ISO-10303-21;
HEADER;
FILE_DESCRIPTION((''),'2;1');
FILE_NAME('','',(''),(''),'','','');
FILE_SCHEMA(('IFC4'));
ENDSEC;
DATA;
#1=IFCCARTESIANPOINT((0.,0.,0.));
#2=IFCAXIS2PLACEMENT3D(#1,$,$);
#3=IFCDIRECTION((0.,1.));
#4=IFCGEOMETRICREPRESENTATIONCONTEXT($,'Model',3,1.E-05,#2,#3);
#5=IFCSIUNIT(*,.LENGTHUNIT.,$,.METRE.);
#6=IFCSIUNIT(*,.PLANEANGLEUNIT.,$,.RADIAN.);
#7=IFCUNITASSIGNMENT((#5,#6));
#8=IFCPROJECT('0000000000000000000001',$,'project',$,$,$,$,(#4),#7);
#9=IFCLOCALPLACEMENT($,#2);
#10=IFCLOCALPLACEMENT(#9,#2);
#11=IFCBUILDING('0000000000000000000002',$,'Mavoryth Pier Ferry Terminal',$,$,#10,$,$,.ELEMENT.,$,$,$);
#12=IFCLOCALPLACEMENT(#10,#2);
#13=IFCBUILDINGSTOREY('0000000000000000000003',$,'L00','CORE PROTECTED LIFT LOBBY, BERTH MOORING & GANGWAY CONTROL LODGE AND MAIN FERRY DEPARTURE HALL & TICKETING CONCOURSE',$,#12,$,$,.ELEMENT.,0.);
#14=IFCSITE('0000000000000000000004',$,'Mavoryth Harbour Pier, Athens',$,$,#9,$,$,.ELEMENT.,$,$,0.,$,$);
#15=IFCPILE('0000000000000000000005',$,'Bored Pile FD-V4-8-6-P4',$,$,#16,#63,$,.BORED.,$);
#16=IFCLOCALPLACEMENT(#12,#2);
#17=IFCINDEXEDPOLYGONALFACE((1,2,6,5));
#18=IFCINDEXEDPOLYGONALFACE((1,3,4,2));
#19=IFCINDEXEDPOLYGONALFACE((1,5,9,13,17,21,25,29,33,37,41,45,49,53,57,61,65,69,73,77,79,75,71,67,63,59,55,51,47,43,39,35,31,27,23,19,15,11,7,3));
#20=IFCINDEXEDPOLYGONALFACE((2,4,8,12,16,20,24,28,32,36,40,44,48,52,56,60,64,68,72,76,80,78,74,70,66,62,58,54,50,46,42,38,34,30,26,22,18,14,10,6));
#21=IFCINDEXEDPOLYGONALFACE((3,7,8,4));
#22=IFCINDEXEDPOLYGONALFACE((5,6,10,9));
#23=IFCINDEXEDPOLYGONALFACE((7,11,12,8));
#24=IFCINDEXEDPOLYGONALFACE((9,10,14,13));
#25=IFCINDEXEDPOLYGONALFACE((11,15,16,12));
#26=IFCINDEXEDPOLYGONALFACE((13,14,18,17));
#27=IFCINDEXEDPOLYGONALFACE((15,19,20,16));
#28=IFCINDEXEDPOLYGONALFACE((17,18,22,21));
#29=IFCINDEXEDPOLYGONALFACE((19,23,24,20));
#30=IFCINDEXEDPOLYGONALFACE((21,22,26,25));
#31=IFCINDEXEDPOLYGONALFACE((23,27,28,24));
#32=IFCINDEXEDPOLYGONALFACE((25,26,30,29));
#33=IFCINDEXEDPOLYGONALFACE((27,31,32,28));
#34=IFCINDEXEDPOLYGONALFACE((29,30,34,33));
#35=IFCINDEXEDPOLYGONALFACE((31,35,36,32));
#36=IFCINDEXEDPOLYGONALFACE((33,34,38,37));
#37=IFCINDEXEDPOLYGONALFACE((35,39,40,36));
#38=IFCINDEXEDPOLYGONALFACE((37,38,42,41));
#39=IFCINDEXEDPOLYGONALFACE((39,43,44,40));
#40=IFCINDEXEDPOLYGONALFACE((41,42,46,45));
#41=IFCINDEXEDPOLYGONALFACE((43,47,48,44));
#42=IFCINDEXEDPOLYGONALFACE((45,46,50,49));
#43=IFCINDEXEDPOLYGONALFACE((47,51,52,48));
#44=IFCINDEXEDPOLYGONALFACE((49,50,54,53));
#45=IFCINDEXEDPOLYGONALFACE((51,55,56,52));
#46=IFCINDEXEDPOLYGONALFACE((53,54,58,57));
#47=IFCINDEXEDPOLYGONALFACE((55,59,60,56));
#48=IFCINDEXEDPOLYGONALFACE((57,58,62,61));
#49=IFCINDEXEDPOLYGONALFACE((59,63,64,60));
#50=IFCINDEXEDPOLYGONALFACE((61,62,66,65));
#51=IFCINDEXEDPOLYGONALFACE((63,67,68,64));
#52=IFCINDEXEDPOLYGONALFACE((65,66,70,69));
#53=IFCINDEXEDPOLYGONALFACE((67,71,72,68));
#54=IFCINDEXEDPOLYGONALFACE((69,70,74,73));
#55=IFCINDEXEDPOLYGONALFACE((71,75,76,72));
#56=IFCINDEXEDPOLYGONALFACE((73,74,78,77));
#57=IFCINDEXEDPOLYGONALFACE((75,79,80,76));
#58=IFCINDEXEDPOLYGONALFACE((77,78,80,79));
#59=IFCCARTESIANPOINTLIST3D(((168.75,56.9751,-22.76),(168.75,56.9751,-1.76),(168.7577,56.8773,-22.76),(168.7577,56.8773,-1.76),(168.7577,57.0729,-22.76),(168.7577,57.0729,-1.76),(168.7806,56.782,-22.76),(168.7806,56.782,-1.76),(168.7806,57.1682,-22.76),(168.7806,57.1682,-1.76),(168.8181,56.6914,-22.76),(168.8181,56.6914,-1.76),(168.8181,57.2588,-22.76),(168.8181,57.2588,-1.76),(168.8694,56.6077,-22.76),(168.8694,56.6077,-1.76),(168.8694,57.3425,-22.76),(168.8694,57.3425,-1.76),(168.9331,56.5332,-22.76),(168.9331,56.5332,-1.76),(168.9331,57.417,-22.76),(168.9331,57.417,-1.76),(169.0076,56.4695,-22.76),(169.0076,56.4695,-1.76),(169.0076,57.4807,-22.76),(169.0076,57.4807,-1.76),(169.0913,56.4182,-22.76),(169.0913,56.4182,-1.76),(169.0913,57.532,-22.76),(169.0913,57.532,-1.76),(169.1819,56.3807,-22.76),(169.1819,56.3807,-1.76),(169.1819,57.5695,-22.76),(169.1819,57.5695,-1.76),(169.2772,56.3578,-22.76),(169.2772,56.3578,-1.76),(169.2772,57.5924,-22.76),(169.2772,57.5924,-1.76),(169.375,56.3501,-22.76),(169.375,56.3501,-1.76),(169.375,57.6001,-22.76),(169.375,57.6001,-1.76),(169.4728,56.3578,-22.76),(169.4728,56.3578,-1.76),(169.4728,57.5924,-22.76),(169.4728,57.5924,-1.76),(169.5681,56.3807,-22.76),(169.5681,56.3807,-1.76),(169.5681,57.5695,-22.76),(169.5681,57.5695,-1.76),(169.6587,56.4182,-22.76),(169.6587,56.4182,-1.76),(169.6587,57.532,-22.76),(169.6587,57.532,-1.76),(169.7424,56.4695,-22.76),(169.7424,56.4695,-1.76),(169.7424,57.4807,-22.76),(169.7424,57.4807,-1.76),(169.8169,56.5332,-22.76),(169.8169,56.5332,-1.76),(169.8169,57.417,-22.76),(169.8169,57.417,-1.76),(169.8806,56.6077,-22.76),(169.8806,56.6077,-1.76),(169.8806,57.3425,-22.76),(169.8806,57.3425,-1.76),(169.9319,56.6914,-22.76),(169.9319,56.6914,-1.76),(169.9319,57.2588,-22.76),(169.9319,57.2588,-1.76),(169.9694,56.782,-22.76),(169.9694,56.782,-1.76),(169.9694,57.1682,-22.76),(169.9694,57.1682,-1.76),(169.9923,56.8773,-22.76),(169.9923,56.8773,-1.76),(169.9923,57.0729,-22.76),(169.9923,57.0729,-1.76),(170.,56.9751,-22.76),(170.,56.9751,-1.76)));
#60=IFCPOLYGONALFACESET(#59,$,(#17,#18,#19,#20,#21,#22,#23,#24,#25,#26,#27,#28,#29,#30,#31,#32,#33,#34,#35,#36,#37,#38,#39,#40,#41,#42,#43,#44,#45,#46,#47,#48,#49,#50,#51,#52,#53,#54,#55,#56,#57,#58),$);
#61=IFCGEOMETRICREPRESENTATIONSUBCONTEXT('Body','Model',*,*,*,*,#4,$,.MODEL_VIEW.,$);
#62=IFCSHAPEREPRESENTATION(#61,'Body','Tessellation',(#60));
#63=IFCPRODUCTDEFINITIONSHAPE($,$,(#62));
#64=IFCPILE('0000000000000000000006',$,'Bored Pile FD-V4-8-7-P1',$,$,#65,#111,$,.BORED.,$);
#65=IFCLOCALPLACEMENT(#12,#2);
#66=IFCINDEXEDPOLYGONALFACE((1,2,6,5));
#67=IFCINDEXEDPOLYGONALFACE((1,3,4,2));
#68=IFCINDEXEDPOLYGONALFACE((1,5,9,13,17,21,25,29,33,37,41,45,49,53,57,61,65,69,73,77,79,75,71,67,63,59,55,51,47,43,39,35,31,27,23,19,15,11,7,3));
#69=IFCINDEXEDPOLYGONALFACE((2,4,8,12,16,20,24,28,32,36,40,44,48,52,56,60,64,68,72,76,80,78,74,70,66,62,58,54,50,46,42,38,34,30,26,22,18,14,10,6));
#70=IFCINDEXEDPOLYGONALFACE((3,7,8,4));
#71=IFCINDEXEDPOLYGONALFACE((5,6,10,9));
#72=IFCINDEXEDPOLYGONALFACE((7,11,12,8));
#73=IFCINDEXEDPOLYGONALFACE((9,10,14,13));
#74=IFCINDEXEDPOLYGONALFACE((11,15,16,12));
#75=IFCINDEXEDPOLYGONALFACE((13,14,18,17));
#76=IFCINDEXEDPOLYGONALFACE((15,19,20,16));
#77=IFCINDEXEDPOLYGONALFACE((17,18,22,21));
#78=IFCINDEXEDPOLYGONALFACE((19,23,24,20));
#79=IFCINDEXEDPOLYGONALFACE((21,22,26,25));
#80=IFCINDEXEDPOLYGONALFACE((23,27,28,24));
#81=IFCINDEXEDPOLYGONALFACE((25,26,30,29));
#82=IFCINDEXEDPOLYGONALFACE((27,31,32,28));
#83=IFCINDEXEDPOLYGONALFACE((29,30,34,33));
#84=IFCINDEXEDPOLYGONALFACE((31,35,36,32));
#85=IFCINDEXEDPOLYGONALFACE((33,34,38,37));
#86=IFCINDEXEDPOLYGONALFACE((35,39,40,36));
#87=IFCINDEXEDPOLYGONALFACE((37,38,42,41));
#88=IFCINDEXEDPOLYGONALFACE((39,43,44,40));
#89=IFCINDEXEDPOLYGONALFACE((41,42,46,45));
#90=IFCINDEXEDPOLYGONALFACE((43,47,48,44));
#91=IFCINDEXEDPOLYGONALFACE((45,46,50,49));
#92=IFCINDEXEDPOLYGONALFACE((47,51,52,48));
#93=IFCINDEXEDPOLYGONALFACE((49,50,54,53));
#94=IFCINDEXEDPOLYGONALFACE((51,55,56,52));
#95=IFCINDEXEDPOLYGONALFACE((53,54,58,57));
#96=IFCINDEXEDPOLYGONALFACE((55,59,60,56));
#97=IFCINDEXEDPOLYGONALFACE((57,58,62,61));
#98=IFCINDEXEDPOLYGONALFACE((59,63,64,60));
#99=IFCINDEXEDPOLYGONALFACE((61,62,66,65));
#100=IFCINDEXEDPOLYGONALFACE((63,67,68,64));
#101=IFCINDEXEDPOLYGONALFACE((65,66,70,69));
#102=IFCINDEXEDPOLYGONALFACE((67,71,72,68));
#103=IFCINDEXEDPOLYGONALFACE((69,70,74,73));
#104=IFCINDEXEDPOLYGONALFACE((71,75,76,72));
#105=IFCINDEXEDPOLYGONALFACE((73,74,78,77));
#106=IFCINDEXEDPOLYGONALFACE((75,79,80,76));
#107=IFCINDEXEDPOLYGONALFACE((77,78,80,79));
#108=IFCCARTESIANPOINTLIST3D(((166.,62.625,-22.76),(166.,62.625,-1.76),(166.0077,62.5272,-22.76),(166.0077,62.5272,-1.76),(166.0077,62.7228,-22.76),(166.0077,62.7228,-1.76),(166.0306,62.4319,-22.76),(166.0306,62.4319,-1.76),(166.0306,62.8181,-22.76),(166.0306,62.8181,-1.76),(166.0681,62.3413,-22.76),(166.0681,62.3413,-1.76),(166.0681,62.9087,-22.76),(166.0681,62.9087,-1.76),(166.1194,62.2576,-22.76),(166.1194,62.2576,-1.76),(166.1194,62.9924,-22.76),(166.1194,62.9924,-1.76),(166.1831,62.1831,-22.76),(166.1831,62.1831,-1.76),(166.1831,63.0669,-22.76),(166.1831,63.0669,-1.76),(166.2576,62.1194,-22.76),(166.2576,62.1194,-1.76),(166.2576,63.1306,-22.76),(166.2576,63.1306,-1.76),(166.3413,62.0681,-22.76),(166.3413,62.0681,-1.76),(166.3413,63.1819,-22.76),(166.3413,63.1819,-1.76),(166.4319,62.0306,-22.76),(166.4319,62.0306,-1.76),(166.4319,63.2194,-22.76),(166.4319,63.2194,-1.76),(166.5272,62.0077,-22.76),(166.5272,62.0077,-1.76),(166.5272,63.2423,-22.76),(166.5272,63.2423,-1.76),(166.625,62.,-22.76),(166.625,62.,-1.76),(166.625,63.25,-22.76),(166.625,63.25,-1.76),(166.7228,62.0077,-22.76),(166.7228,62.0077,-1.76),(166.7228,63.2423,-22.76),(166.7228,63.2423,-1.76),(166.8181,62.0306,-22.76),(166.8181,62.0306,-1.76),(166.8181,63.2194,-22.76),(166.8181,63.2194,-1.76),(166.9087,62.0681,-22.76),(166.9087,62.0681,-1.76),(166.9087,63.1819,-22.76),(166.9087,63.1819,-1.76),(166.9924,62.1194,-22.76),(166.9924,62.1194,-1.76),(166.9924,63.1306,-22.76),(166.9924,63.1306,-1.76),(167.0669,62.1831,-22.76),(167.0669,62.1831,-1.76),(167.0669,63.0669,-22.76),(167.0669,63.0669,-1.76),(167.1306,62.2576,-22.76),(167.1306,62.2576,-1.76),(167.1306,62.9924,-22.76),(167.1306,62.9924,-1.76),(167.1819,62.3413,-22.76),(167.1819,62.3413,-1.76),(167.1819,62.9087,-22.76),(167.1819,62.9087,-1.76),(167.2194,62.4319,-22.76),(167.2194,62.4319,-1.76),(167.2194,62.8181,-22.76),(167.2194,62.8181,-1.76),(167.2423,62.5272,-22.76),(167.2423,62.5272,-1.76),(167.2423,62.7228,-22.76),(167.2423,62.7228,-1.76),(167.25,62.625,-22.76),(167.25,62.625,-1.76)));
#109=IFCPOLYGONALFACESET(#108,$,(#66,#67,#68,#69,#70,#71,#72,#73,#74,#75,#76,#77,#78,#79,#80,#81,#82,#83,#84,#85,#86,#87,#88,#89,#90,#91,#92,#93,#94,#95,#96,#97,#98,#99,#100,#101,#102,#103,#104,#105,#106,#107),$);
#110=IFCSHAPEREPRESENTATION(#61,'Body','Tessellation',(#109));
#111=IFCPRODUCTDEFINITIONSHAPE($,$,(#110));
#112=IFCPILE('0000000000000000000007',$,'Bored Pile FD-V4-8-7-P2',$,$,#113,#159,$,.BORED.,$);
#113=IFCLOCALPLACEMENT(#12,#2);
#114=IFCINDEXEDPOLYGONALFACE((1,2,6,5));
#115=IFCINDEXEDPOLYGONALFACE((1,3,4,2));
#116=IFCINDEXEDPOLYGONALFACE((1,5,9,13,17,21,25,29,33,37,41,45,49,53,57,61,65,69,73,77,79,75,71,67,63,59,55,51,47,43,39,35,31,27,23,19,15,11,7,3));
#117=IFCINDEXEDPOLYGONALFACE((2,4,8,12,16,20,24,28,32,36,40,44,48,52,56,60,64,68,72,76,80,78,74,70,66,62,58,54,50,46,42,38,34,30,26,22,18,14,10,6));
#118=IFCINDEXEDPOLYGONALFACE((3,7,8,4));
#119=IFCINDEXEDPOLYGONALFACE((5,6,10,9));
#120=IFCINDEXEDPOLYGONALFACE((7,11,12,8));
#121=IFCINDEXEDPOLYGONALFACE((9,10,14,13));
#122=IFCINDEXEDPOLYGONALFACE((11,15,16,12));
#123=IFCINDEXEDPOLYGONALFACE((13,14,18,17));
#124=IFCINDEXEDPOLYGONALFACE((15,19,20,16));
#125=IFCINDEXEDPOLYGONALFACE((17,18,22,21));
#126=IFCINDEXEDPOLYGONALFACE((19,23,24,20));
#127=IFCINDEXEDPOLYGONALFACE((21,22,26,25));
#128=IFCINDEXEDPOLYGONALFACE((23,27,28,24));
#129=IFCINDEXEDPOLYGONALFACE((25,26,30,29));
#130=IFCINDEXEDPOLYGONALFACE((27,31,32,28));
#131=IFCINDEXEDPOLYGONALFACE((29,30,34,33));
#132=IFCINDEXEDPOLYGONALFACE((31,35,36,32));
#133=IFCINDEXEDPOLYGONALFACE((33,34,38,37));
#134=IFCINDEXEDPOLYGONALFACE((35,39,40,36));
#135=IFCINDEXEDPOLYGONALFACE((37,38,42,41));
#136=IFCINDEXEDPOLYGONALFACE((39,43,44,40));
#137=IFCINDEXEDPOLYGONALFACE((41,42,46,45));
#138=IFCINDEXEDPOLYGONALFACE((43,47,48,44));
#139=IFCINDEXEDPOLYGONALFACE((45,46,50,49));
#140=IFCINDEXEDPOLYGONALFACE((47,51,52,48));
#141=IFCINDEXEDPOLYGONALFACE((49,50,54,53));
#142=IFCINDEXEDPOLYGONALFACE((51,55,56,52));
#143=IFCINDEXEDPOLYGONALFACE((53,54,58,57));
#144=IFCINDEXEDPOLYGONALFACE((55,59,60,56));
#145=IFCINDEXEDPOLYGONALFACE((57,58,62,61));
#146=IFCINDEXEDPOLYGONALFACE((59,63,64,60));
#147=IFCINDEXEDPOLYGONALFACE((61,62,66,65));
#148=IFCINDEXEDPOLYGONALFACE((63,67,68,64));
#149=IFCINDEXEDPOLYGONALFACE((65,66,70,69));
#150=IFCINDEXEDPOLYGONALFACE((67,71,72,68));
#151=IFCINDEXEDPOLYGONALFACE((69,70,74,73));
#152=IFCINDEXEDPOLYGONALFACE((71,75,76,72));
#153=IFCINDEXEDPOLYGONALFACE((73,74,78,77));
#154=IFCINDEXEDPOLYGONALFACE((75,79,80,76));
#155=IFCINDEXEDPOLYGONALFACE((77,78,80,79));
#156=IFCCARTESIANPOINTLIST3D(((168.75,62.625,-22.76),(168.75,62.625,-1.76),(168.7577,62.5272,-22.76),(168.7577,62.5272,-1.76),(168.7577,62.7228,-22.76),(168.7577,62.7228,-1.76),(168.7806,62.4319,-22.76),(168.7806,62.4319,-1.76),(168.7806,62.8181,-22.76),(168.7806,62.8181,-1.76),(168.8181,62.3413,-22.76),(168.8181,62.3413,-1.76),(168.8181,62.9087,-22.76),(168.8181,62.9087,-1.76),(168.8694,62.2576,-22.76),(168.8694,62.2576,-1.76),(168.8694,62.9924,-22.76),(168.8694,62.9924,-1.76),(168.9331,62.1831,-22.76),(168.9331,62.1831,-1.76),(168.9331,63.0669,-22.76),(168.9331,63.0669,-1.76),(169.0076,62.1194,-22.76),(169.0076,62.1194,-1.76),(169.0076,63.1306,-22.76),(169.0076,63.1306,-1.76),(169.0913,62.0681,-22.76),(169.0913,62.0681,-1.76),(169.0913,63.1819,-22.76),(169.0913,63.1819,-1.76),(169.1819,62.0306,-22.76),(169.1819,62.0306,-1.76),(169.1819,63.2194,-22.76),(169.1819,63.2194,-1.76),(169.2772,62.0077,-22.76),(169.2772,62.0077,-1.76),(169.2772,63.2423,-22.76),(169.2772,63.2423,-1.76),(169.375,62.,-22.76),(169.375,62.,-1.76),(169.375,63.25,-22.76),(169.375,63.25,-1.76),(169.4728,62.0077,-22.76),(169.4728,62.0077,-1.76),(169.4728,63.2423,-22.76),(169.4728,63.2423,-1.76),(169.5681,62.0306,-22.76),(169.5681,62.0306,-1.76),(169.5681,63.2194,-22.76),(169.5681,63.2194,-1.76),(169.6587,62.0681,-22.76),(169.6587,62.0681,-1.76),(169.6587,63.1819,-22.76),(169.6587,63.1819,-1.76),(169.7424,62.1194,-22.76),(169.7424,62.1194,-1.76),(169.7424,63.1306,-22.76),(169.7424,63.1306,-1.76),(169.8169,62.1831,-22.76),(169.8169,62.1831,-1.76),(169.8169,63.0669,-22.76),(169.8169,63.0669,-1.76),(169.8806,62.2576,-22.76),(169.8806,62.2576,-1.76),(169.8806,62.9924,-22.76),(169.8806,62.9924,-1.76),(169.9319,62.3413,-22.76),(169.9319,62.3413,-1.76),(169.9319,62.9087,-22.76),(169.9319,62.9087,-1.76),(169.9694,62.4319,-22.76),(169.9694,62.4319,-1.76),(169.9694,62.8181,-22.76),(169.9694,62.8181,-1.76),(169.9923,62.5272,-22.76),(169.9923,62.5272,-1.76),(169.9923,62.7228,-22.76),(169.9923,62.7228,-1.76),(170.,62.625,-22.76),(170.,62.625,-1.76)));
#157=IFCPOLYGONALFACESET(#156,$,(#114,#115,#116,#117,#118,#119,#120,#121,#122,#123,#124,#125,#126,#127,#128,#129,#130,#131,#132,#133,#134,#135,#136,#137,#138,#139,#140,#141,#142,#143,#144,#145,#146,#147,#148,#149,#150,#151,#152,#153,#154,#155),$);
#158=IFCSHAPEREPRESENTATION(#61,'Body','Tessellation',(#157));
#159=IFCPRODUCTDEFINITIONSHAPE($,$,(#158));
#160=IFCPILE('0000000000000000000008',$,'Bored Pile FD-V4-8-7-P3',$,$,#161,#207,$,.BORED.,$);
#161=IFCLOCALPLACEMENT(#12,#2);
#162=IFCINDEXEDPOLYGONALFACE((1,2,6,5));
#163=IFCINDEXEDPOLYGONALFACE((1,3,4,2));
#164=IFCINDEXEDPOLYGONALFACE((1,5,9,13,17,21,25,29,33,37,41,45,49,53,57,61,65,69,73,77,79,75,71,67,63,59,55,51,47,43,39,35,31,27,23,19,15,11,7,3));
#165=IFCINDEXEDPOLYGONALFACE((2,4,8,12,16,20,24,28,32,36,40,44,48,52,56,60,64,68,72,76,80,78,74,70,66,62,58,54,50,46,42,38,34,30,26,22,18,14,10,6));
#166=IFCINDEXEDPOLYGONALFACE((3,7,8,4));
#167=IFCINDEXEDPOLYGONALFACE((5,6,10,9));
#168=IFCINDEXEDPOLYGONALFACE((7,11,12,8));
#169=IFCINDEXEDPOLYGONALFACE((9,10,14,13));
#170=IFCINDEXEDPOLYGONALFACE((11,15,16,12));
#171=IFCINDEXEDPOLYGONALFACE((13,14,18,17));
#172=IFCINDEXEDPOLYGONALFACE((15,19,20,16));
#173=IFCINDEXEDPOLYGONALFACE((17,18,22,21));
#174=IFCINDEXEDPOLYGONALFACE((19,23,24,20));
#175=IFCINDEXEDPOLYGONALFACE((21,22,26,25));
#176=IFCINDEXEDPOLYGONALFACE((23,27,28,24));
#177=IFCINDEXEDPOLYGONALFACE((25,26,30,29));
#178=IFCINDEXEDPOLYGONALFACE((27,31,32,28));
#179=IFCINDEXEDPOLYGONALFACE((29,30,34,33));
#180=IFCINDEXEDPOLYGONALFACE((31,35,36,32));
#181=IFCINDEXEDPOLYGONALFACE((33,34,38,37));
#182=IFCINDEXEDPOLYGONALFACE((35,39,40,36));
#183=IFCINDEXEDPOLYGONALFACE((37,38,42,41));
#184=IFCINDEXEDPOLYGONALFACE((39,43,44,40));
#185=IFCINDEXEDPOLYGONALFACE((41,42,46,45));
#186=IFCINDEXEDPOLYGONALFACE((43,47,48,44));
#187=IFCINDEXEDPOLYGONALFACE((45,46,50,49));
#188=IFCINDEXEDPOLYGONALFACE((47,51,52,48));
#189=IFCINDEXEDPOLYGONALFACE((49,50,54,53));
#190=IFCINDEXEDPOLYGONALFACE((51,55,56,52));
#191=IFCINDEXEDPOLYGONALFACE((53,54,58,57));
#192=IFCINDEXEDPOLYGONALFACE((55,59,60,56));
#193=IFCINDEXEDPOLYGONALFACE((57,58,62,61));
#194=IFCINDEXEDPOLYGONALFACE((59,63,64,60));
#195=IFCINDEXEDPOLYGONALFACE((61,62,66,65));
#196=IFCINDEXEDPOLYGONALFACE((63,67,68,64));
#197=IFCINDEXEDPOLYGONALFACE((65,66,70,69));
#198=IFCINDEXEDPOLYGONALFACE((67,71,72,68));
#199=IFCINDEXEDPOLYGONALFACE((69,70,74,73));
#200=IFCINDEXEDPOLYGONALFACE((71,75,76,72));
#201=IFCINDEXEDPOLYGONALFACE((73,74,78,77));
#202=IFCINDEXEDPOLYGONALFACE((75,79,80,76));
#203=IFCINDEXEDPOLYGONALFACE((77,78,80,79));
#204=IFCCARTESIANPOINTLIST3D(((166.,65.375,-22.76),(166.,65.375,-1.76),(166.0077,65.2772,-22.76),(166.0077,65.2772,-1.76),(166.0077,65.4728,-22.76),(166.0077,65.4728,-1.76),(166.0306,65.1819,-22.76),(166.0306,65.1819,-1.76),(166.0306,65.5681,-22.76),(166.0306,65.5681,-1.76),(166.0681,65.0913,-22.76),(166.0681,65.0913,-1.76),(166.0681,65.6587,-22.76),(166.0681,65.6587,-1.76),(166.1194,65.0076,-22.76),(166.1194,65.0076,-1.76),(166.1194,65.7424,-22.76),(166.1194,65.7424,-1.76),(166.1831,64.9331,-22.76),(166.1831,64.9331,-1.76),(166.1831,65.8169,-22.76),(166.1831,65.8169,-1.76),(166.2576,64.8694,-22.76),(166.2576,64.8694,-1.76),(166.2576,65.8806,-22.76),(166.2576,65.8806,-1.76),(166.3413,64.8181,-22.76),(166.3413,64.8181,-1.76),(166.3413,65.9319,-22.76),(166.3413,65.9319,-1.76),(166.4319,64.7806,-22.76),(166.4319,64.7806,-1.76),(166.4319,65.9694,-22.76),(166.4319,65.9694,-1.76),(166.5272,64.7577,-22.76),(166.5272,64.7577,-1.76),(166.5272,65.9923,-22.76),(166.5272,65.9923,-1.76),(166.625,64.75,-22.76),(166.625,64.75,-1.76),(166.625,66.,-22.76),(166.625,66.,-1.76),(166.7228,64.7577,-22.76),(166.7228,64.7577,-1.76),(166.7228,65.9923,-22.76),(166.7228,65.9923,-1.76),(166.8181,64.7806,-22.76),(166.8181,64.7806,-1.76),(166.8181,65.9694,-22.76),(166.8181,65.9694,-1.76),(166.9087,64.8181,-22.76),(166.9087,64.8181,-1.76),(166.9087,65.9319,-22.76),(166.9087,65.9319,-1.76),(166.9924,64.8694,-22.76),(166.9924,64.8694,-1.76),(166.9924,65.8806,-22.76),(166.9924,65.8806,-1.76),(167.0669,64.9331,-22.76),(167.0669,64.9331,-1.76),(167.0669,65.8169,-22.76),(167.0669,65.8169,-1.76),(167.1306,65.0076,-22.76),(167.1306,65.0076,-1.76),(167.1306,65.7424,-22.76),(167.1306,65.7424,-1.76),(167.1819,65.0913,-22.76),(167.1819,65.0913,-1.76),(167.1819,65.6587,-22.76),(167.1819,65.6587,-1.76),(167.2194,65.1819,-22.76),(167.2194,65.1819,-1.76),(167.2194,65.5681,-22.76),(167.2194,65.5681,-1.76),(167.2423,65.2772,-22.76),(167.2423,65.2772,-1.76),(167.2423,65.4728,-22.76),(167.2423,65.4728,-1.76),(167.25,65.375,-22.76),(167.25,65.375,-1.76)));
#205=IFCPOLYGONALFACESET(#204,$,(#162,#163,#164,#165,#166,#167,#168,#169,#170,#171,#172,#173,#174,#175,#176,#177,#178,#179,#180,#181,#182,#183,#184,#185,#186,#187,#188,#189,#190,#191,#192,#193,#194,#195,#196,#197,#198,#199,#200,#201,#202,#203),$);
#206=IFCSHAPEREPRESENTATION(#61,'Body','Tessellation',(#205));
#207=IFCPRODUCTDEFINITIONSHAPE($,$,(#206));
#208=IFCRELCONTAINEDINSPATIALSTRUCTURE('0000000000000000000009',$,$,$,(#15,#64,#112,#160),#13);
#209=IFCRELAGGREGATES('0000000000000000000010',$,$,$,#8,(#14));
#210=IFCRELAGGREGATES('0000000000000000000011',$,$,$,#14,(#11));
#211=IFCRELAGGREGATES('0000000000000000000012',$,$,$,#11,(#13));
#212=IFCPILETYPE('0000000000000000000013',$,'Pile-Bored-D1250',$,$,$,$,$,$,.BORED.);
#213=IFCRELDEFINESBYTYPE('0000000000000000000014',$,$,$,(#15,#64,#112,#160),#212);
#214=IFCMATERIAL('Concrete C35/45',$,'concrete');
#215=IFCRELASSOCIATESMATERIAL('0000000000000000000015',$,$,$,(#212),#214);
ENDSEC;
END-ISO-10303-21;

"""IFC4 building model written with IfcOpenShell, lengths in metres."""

from ifc_helpers import new_model, si_unit, direction, frame, origin, origin_2d, place, context, subcontext, project, spatial, circle, extrude, material, material_profile, profile_set, type_object, element, save


model = new_model("IFC4")

# Units and contexts
model_context = context("Model", 3, precision=1e-05, world=origin(), true_north=direction((0.0, 1.0)))
body_context = subcontext(model_context, "Body", "Model", "MODEL_VIEW")
ifc_project = project(units=[si_unit("LENGTHUNIT", "METRE"), si_unit("PLANEANGLEUNIT", "RADIAN")], contexts=[model_context])

# Site, building, storey
site_placement = place(None, origin())
site = spatial("IfcSite", under=ifc_project, at=site_placement, Name="Mavoryth Harbour Pier, Athens", CompositionType="ELEMENT", RefElevation=0.0)
building_placement = place(site_placement, origin())
building = spatial("IfcBuilding", under=site, at=building_placement, Name="Mavoryth Pier Ferry Terminal", CompositionType="ELEMENT")
storey_placement = place(building_placement, origin())
storey = spatial("IfcBuildingStorey", under=building, at=storey_placement, Name="L00", Description="CORE PROTECTED LIFT LOBBY, BERTH MOORING & GANGWAY CONTROL LODGE AND MAIN FERRY DEPARTURE HALL & TICKETING CONCOURSE", CompositionType="ELEMENT", Elevation=0.0)

# Shared definitions
ifc_material_1 = material(Name="Concrete C35/45", Category="concrete")

# Piles
ifc_material_profile_1 = material_profile(ifc_material_1, circle(Radius=0.625, at=origin_2d()), Name="PILE D1250", Category="concrete")
ifc_profile_set_1 = profile_set([ifc_material_profile_1], Name="Concrete C35/45 - PILE D1250")
pile_type = type_object("IfcPileType", Name="Pile-Bored-D1250", PredefinedType="BORED", material=ifc_profile_set_1)
for number, where, z_axis, x_axis, name in (
    (1, (169.375, 56.9751, -1.76), (0.0, 0.0, -1.0), (1.0, 0.0, 0.0), "Bored Pile FD-V4-8-6-P4"),
    (2, (166.625, 62.625, -1.76), (0.0, 0.0, -1.0), (1.0, 0.0, 0.0), "Bored Pile FD-V4-8-7-P1"),
    (3, (169.375, 62.625, -1.76), (0.0, 0.0, -1.0), (1.0, 0.0, 0.0), "Bored Pile FD-V4-8-7-P2"),
    (4, (166.625, 65.375, -1.76), (0.0, 0.0, -1.0), (1.0, 0.0, 0.0), "Bored Pile FD-V4-8-7-P3"),
):
    element("IfcPile", number, at=place(storey_placement, frame(where, z_axis=z_axis, x_axis=x_axis)), inside=storey, type_object=pile_type, Name=name, PredefinedType="BORED", context=body_context, shape_type="SweptSolid", body=[
        extrude(circle(Radius=0.625, at=origin_2d()), origin(), (0.0, 0.0, 1.0), 21.0),
    ])

save(model, "model.ifc")
